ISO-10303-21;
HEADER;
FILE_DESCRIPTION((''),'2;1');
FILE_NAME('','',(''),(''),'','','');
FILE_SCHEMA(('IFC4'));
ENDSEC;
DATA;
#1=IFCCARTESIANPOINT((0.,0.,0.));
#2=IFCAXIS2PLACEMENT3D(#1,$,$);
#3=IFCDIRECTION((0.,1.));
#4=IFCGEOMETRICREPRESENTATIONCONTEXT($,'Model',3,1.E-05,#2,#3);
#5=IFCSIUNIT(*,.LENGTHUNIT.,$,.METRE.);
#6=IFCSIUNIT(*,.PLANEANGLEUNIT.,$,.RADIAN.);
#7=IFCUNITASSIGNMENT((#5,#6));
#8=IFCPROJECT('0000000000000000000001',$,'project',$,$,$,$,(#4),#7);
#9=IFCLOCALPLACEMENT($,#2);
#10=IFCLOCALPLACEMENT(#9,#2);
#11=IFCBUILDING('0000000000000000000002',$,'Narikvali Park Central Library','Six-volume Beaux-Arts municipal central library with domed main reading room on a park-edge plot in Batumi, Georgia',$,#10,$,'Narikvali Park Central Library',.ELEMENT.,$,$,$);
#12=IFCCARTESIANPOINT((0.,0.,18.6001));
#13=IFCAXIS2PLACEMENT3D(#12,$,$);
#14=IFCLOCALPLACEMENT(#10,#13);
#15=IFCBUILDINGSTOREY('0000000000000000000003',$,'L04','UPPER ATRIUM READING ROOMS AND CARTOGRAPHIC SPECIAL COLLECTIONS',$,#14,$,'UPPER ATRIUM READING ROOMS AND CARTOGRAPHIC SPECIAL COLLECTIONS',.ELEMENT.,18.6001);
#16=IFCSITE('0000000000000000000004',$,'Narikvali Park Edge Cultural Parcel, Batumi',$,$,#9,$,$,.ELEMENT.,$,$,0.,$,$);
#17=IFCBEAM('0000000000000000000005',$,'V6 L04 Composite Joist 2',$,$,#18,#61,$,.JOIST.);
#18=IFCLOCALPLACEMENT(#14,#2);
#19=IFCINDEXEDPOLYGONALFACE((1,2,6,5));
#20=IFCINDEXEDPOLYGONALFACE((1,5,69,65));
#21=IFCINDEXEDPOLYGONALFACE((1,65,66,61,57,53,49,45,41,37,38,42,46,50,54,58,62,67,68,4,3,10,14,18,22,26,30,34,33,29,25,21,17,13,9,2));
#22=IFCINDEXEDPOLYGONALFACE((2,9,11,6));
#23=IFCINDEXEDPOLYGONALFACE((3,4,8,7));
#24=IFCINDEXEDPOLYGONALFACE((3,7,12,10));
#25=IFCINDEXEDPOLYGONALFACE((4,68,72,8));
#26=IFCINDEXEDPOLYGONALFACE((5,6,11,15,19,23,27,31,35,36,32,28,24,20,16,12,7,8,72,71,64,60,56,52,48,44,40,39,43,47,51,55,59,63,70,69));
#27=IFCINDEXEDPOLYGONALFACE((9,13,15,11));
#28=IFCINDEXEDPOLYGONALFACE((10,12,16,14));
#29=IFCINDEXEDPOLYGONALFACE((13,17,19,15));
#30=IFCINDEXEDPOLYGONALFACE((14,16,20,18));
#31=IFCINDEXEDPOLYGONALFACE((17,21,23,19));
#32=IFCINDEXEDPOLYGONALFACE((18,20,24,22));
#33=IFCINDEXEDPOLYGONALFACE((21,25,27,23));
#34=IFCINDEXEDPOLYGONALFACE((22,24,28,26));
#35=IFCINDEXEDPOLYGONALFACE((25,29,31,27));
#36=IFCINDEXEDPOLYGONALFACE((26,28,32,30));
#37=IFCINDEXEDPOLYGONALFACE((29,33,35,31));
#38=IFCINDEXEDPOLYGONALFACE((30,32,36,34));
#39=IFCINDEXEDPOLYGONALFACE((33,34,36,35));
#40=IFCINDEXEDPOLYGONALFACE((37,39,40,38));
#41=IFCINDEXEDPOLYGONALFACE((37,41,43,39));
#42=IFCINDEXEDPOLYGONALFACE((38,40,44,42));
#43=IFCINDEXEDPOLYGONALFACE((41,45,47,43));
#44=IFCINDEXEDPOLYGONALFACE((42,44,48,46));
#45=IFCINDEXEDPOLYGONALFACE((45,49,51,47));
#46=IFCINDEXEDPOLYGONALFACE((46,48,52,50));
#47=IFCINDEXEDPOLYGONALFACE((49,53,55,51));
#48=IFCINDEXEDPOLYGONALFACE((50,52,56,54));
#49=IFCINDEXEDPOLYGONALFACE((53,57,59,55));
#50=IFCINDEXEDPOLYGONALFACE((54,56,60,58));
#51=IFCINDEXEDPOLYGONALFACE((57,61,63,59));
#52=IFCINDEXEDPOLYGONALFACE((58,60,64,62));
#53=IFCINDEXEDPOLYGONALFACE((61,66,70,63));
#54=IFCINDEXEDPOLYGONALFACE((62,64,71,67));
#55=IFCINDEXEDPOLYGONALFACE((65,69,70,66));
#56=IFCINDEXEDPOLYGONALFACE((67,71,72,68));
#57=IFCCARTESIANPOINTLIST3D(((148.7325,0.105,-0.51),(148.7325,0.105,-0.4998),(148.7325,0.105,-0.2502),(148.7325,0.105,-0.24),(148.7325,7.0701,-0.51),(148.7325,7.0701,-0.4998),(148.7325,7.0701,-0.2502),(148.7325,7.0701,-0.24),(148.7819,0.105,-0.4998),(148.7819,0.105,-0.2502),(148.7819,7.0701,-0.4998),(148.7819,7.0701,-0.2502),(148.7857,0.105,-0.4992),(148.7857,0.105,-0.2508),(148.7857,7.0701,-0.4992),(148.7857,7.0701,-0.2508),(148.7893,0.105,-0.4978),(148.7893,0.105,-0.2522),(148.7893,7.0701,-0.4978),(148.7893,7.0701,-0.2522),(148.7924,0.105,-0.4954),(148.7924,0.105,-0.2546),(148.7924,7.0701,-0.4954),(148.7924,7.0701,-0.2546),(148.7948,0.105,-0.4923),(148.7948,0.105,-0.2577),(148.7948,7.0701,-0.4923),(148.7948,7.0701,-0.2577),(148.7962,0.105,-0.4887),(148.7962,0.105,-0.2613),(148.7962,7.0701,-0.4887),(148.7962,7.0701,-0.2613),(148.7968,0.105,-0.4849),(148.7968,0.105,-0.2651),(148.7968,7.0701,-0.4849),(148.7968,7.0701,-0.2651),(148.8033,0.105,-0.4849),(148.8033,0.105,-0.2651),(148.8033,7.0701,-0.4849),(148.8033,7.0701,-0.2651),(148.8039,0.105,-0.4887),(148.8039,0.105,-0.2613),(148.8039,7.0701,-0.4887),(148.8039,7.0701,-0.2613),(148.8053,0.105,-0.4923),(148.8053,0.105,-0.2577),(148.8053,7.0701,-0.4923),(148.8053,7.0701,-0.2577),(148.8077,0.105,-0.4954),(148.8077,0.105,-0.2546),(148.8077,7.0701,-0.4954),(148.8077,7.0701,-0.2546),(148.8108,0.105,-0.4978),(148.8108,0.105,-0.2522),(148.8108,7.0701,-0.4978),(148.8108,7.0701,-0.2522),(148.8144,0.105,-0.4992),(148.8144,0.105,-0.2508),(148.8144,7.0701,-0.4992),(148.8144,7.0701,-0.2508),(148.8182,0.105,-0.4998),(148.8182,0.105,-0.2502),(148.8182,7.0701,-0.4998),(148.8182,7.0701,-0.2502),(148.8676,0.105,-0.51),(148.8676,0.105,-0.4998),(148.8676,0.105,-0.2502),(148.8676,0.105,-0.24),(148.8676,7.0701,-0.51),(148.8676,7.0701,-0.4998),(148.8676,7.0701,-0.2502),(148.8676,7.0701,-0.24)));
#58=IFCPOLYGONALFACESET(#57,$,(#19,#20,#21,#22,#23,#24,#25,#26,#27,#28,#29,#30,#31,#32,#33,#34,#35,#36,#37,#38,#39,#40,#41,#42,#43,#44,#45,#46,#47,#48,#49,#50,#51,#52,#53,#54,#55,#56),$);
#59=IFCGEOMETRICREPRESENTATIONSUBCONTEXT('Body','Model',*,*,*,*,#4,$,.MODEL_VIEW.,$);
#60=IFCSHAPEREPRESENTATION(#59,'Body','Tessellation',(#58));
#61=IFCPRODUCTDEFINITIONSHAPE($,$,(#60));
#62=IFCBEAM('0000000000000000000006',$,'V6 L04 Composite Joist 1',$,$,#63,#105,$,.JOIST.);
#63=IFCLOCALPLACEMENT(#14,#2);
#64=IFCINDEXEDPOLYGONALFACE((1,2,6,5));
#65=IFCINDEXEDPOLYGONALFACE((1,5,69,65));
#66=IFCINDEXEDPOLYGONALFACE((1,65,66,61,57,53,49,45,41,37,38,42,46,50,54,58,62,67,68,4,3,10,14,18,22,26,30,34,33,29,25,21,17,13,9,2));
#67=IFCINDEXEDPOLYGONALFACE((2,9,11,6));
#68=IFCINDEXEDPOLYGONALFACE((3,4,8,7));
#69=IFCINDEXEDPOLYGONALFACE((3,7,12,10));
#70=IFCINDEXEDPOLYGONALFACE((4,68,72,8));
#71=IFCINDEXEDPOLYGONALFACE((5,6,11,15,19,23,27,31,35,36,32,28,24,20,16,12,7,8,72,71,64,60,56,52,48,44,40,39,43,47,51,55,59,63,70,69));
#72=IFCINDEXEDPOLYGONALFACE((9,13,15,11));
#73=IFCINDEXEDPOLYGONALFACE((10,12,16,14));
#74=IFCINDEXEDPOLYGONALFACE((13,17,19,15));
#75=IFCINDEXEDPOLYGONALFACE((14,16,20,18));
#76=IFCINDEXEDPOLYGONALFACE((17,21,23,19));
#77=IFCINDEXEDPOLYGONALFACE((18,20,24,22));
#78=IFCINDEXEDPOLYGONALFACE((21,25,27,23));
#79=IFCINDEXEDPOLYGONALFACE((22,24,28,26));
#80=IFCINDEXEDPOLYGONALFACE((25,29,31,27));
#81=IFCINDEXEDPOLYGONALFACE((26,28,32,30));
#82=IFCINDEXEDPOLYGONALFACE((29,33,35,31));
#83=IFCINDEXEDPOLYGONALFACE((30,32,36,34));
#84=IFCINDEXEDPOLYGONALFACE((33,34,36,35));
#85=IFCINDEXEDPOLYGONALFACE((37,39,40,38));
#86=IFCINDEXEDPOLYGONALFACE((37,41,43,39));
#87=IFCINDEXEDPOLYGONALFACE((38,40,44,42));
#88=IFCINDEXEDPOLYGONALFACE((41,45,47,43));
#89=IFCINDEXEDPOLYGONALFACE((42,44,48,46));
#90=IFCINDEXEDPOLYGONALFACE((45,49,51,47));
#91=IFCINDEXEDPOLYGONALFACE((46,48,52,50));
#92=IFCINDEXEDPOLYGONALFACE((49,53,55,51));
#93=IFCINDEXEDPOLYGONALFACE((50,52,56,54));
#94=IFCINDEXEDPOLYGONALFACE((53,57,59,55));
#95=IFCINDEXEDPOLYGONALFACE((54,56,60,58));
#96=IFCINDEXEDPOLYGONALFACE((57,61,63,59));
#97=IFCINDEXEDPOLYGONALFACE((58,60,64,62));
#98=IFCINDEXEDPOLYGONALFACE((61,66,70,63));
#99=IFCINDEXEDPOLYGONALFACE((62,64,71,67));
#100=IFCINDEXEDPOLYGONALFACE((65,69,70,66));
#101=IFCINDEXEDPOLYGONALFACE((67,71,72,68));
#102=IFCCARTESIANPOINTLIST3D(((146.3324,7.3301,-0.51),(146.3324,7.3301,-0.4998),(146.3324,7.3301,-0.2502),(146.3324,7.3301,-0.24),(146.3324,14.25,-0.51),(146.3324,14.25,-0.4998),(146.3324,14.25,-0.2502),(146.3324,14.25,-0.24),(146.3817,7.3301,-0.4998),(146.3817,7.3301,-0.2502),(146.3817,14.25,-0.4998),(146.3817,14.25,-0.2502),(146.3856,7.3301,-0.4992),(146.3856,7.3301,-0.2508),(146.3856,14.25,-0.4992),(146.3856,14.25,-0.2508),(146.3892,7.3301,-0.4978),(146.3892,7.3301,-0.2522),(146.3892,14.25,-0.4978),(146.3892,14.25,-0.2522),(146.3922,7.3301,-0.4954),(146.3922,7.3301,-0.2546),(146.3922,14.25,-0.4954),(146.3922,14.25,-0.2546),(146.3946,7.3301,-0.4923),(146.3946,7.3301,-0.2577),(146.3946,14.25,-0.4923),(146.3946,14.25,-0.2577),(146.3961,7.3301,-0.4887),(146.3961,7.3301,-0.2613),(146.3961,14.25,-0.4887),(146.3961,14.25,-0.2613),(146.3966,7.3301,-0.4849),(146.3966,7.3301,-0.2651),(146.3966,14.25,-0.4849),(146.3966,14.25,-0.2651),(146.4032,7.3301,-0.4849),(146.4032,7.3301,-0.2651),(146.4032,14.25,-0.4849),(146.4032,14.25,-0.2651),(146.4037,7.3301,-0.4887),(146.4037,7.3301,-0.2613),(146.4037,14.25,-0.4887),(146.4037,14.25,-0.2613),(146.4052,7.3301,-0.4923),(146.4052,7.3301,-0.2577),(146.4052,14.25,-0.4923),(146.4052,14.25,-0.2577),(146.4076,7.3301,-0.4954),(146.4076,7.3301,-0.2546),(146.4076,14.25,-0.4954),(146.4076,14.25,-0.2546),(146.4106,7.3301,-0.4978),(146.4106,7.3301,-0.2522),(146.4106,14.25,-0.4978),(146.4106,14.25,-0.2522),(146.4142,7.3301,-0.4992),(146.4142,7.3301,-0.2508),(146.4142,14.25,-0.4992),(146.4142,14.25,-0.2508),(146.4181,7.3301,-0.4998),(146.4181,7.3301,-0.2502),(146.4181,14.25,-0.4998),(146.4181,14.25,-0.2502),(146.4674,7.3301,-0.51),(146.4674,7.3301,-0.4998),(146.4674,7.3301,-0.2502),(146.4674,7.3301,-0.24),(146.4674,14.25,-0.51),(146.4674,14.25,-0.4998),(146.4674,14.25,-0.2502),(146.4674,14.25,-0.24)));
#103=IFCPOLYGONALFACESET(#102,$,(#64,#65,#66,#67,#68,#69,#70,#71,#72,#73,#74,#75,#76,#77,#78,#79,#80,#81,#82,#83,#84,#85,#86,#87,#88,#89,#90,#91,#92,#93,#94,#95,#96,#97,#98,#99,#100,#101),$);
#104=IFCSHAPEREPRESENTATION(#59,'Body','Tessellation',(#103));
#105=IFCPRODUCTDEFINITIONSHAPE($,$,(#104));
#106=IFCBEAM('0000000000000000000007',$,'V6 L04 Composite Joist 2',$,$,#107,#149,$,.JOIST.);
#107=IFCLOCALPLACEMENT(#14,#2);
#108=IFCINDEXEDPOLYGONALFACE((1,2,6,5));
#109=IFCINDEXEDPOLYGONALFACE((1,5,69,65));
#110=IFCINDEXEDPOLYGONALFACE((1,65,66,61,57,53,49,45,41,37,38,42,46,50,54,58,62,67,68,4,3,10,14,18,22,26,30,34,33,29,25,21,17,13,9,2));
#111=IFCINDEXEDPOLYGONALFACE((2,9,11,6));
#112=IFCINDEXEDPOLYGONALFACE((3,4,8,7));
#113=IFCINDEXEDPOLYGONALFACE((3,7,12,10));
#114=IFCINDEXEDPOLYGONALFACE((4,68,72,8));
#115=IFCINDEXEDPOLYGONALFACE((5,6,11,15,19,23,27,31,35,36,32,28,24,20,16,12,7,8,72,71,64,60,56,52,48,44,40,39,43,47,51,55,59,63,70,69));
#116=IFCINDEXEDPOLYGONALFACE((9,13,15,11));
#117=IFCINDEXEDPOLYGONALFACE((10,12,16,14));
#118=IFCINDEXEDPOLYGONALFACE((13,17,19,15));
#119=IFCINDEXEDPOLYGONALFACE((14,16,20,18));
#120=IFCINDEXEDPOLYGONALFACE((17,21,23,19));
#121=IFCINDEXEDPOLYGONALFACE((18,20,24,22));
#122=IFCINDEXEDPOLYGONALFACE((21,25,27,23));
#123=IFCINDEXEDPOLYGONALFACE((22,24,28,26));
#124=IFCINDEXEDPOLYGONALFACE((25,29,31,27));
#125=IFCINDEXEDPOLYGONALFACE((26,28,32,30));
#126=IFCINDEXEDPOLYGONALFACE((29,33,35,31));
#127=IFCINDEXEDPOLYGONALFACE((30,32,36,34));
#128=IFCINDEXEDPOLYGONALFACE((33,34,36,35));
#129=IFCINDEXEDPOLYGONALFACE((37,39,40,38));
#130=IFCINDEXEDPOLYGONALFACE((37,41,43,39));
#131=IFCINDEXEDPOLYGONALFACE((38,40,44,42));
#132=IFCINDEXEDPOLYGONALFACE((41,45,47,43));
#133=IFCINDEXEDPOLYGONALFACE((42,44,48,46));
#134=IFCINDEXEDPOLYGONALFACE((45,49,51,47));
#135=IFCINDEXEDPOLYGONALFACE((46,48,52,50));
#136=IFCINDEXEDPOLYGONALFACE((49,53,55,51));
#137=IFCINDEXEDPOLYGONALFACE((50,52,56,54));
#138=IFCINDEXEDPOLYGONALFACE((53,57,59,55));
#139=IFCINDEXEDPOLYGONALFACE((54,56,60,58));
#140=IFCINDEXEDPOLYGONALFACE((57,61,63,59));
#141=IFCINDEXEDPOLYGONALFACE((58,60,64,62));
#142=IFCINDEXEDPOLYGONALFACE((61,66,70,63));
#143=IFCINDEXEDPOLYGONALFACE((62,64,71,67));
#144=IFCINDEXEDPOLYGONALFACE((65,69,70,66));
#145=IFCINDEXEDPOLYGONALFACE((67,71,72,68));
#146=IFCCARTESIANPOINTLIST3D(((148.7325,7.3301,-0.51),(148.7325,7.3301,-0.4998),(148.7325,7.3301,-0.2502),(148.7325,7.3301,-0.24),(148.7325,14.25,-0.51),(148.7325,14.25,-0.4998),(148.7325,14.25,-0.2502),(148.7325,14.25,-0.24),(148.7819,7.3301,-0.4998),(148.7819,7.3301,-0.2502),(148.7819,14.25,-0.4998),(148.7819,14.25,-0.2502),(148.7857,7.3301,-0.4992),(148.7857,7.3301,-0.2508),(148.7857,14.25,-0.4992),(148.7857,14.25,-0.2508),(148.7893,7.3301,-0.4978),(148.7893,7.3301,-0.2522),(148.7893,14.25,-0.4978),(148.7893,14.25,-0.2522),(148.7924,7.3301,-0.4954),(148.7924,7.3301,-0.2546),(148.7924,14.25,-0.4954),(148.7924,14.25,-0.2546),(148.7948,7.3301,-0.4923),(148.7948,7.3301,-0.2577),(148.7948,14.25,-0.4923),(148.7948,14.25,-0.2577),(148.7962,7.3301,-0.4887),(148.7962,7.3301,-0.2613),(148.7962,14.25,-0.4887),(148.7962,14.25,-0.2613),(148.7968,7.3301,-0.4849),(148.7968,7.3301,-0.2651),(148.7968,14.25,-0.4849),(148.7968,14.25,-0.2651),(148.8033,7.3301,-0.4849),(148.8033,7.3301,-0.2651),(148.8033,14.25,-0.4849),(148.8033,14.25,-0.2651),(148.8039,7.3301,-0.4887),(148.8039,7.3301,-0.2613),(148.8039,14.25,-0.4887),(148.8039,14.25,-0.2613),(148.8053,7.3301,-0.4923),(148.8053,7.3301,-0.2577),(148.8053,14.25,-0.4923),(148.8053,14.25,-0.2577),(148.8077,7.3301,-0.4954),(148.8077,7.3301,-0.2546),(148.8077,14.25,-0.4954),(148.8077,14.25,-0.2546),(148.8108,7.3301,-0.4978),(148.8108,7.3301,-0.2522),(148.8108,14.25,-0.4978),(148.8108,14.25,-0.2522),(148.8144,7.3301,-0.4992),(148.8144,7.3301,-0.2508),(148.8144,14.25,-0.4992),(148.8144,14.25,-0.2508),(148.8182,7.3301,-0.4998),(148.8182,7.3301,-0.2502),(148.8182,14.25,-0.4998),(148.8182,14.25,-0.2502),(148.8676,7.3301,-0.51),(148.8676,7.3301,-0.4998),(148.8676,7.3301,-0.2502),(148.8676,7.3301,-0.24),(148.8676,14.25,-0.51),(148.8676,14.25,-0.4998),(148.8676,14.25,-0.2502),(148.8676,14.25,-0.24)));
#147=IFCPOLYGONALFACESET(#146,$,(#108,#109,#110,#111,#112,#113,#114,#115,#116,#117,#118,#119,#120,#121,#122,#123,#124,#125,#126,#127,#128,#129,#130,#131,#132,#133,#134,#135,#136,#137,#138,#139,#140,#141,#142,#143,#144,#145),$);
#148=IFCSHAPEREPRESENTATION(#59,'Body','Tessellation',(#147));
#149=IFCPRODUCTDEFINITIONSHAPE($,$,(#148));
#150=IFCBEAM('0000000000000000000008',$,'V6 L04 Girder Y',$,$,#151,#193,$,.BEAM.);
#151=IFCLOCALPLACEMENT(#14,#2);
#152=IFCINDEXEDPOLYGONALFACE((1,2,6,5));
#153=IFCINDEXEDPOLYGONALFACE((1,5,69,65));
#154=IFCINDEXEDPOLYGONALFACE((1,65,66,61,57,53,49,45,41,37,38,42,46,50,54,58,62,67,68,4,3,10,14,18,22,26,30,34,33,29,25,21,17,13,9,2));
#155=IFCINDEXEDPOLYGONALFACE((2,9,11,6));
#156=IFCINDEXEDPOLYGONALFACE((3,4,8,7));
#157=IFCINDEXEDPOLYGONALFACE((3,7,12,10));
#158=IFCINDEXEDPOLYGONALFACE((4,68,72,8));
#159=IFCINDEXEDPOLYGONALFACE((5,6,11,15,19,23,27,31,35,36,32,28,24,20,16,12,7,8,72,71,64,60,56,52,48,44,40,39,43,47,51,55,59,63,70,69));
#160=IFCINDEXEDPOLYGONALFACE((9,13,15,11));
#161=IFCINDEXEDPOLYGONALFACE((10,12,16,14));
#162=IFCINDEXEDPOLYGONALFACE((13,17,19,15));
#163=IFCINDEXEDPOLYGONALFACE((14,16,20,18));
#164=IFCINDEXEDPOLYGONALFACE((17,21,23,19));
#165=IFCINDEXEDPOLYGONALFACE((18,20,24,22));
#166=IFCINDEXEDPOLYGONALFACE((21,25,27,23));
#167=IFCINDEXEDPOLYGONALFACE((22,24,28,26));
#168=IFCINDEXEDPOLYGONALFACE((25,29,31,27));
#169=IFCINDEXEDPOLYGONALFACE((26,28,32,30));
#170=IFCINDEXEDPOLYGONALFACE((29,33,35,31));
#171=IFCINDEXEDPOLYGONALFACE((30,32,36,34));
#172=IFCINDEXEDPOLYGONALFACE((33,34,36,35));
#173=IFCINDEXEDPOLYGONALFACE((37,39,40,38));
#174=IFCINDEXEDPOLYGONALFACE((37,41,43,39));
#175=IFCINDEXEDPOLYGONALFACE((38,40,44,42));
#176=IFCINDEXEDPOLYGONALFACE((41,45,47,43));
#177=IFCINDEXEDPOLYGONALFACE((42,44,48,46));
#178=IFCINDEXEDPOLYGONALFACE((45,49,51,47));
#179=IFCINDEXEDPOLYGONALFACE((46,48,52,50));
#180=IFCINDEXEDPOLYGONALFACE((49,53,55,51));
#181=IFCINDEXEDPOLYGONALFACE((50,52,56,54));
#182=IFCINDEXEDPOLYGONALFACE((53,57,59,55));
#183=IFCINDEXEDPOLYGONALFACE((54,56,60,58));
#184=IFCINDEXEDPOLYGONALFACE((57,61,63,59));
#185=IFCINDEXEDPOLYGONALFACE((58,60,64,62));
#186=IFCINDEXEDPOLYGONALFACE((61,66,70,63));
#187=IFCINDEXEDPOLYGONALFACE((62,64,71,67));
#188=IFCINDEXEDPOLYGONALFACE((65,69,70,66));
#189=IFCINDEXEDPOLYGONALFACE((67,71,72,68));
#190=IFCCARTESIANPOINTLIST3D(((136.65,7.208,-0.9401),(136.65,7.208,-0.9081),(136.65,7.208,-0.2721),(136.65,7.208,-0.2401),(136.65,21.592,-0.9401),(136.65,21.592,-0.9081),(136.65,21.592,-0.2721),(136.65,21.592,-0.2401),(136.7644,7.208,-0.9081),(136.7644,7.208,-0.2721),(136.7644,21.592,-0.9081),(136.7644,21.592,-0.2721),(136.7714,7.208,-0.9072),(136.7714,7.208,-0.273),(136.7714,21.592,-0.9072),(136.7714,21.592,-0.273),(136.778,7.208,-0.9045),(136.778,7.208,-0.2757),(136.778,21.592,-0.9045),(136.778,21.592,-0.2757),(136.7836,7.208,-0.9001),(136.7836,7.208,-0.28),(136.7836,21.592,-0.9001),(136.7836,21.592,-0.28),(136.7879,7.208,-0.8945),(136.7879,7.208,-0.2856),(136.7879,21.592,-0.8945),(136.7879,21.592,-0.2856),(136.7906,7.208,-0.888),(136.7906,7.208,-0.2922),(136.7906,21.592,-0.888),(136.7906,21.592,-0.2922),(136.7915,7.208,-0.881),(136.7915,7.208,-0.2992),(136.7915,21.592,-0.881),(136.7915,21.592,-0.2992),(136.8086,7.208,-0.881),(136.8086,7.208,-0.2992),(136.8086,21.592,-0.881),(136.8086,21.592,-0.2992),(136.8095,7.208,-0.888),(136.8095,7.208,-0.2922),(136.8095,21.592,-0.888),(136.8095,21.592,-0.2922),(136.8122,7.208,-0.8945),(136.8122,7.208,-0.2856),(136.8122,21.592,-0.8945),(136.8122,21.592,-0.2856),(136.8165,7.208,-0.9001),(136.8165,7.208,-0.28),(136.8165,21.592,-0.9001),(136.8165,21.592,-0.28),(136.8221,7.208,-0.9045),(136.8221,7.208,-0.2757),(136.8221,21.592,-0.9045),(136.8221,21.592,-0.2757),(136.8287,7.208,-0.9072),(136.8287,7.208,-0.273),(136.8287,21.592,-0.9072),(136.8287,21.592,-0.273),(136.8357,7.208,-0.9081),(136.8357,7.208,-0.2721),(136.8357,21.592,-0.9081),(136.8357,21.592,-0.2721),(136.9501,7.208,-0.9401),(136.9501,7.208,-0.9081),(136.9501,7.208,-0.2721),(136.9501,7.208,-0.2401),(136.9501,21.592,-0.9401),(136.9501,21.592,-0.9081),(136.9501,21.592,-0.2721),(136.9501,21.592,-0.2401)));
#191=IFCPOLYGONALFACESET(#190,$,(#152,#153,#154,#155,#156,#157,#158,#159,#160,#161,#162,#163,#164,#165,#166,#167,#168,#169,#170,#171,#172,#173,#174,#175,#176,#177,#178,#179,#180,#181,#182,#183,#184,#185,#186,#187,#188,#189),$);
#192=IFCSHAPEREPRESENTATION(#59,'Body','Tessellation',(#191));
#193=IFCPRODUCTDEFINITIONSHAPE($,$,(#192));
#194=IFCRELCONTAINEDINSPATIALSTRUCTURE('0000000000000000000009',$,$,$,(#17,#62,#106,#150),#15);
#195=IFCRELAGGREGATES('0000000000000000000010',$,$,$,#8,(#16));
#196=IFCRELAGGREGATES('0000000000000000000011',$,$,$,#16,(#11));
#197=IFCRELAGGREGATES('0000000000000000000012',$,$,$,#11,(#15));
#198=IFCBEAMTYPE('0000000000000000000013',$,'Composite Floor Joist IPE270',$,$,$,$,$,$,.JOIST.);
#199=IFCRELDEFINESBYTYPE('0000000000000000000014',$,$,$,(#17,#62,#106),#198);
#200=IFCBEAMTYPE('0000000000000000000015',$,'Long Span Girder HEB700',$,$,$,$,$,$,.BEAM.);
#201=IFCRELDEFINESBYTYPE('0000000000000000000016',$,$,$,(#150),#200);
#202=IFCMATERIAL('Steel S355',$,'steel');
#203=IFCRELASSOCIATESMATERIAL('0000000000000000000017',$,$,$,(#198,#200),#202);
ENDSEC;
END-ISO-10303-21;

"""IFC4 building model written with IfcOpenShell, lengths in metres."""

from ifc_helpers import new_model, si_unit, direction, frame, origin, origin_2d, place, context, subcontext, project, spatial, i_section, extrude, material, material_profile, profile_set, type_object, element, save


model = new_model("IFC4")

# Units and contexts
model_context = context("Model", 3, precision=1e-05, world=origin(), true_north=direction((0.0, 1.0)))
body_context = subcontext(model_context, "Body", "Model", "MODEL_VIEW")
ifc_project = project(units=[si_unit("LENGTHUNIT", "METRE"), si_unit("PLANEANGLEUNIT", "RADIAN")], contexts=[model_context])

# Site, building, storey
site_placement = place(None, origin())
site = spatial("IfcSite", under=ifc_project, at=site_placement, Name="Narikvali Park Edge Cultural Parcel, Batumi", CompositionType="ELEMENT", RefElevation=0.0)
building_placement = place(site_placement, origin())
building = spatial("IfcBuilding", under=site, at=building_placement, Name="Narikvali Park Central Library", Description="Six-volume Beaux-Arts municipal central library with domed main reading room on a park-edge plot in Batumi, Georgia", LongName="Narikvali Park Central Library", CompositionType="ELEMENT")
storey_placement = place(building_placement, frame((0.0, 0.0, 18.6001)))
storey = spatial("IfcBuildingStorey", under=building, at=storey_placement, Name="L04", Description="UPPER ATRIUM READING ROOMS AND CARTOGRAPHIC SPECIAL COLLECTIONS", LongName="UPPER ATRIUM READING ROOMS AND CARTOGRAPHIC SPECIAL COLLECTIONS", CompositionType="ELEMENT", Elevation=18.6001)

# Beams
ifc_material = material(Name="Steel S355", Category="steel")
ifc_material_profile_1 = material_profile(ifc_material, i_section(OverallWidth=0.135, OverallDepth=0.27, WebThickness=0.0066, FlangeThickness=0.0103, FilletRadius=0.0149, at=origin_2d()), Name="IPE 270")
ifc_profile_set_1 = profile_set([ifc_material_profile_1], Name="Steel S355")
beam_type_1 = type_object("IfcBeamType", Name="Composite Floor Joist IPE270", PredefinedType="JOIST", material=ifc_profile_set_1)
for number, where, z_axis, x_axis, name in (
    (1, (148.8, 0.105, -0.375), (0.0, 1.0, 0.0), (-1.0, 0.0, 0.0), "V6 L04 Composite Joist 2"),
):
    element("IfcBeam", number, at=place(storey_placement, frame(where, z_axis=z_axis, x_axis=x_axis)), inside=storey, type_object=beam_type_1, Name=name, PredefinedType="JOIST", context=body_context, shape_type="SweptSolid", body=[
        extrude(i_section(OverallWidth=0.135, OverallDepth=0.27, WebThickness=0.0066, FlangeThickness=0.0103, FilletRadius=0.0149, at=origin_2d()), origin(), (0.0, 0.0, 1.0), 6.9651),
    ])
for number, where, z_axis, x_axis, name in (
    (2, (146.3999, 7.3301, -0.375), (0.0, 1.0, 0.0), (-1.0, 0.0, 0.0), "V6 L04 Composite Joist 1"),
    (3, (148.8, 7.3301, -0.375), (0.0, 1.0, 0.0), (-1.0, 0.0, 0.0), "V6 L04 Composite Joist 2"),
):
    element("IfcBeam", number, at=place(storey_placement, frame(where, z_axis=z_axis, x_axis=x_axis)), inside=storey, type_object=beam_type_1, Name=name, PredefinedType="JOIST", context=body_context, shape_type="SweptSolid", body=[
        extrude(i_section(OverallWidth=0.135, OverallDepth=0.27, WebThickness=0.0066, FlangeThickness=0.0103, FilletRadius=0.0149, at=origin_2d()), origin(), (0.0, 0.0, 1.0), 6.9199),
    ])
ifc_material_profile_2 = material_profile(ifc_material, i_section(OverallWidth=0.3, OverallDepth=0.7, WebThickness=0.0171, FlangeThickness=0.032, FilletRadius=0.0271, at=origin_2d()), Name="HEB 700")
ifc_profile_set_2 = profile_set([ifc_material_profile_2], Name="Steel S355")
beam_type_2 = type_object("IfcBeamType", Name="Long Span Girder HEB700", PredefinedType="BEAM", material=ifc_profile_set_2)
beam_1_placement = place(storey_placement, frame((136.8, 7.208, -0.5901), z_axis=(0.0, 1.0, 0.0), x_axis=(-1.0, 0.0, 0.0)))
element("IfcBeam", 4, at=beam_1_placement, inside=storey, type_object=beam_type_2, Name="V6 L04 Girder Y", PredefinedType="BEAM", context=body_context, shape_type="SweptSolid", body=[
    extrude(i_section(OverallWidth=0.3, OverallDepth=0.7, WebThickness=0.0171, FlangeThickness=0.032, FilletRadius=0.0271, at=origin_2d()), origin(), (0.0, 0.0, 1.0), 14.384),
])

save(model, "model.ifc")
